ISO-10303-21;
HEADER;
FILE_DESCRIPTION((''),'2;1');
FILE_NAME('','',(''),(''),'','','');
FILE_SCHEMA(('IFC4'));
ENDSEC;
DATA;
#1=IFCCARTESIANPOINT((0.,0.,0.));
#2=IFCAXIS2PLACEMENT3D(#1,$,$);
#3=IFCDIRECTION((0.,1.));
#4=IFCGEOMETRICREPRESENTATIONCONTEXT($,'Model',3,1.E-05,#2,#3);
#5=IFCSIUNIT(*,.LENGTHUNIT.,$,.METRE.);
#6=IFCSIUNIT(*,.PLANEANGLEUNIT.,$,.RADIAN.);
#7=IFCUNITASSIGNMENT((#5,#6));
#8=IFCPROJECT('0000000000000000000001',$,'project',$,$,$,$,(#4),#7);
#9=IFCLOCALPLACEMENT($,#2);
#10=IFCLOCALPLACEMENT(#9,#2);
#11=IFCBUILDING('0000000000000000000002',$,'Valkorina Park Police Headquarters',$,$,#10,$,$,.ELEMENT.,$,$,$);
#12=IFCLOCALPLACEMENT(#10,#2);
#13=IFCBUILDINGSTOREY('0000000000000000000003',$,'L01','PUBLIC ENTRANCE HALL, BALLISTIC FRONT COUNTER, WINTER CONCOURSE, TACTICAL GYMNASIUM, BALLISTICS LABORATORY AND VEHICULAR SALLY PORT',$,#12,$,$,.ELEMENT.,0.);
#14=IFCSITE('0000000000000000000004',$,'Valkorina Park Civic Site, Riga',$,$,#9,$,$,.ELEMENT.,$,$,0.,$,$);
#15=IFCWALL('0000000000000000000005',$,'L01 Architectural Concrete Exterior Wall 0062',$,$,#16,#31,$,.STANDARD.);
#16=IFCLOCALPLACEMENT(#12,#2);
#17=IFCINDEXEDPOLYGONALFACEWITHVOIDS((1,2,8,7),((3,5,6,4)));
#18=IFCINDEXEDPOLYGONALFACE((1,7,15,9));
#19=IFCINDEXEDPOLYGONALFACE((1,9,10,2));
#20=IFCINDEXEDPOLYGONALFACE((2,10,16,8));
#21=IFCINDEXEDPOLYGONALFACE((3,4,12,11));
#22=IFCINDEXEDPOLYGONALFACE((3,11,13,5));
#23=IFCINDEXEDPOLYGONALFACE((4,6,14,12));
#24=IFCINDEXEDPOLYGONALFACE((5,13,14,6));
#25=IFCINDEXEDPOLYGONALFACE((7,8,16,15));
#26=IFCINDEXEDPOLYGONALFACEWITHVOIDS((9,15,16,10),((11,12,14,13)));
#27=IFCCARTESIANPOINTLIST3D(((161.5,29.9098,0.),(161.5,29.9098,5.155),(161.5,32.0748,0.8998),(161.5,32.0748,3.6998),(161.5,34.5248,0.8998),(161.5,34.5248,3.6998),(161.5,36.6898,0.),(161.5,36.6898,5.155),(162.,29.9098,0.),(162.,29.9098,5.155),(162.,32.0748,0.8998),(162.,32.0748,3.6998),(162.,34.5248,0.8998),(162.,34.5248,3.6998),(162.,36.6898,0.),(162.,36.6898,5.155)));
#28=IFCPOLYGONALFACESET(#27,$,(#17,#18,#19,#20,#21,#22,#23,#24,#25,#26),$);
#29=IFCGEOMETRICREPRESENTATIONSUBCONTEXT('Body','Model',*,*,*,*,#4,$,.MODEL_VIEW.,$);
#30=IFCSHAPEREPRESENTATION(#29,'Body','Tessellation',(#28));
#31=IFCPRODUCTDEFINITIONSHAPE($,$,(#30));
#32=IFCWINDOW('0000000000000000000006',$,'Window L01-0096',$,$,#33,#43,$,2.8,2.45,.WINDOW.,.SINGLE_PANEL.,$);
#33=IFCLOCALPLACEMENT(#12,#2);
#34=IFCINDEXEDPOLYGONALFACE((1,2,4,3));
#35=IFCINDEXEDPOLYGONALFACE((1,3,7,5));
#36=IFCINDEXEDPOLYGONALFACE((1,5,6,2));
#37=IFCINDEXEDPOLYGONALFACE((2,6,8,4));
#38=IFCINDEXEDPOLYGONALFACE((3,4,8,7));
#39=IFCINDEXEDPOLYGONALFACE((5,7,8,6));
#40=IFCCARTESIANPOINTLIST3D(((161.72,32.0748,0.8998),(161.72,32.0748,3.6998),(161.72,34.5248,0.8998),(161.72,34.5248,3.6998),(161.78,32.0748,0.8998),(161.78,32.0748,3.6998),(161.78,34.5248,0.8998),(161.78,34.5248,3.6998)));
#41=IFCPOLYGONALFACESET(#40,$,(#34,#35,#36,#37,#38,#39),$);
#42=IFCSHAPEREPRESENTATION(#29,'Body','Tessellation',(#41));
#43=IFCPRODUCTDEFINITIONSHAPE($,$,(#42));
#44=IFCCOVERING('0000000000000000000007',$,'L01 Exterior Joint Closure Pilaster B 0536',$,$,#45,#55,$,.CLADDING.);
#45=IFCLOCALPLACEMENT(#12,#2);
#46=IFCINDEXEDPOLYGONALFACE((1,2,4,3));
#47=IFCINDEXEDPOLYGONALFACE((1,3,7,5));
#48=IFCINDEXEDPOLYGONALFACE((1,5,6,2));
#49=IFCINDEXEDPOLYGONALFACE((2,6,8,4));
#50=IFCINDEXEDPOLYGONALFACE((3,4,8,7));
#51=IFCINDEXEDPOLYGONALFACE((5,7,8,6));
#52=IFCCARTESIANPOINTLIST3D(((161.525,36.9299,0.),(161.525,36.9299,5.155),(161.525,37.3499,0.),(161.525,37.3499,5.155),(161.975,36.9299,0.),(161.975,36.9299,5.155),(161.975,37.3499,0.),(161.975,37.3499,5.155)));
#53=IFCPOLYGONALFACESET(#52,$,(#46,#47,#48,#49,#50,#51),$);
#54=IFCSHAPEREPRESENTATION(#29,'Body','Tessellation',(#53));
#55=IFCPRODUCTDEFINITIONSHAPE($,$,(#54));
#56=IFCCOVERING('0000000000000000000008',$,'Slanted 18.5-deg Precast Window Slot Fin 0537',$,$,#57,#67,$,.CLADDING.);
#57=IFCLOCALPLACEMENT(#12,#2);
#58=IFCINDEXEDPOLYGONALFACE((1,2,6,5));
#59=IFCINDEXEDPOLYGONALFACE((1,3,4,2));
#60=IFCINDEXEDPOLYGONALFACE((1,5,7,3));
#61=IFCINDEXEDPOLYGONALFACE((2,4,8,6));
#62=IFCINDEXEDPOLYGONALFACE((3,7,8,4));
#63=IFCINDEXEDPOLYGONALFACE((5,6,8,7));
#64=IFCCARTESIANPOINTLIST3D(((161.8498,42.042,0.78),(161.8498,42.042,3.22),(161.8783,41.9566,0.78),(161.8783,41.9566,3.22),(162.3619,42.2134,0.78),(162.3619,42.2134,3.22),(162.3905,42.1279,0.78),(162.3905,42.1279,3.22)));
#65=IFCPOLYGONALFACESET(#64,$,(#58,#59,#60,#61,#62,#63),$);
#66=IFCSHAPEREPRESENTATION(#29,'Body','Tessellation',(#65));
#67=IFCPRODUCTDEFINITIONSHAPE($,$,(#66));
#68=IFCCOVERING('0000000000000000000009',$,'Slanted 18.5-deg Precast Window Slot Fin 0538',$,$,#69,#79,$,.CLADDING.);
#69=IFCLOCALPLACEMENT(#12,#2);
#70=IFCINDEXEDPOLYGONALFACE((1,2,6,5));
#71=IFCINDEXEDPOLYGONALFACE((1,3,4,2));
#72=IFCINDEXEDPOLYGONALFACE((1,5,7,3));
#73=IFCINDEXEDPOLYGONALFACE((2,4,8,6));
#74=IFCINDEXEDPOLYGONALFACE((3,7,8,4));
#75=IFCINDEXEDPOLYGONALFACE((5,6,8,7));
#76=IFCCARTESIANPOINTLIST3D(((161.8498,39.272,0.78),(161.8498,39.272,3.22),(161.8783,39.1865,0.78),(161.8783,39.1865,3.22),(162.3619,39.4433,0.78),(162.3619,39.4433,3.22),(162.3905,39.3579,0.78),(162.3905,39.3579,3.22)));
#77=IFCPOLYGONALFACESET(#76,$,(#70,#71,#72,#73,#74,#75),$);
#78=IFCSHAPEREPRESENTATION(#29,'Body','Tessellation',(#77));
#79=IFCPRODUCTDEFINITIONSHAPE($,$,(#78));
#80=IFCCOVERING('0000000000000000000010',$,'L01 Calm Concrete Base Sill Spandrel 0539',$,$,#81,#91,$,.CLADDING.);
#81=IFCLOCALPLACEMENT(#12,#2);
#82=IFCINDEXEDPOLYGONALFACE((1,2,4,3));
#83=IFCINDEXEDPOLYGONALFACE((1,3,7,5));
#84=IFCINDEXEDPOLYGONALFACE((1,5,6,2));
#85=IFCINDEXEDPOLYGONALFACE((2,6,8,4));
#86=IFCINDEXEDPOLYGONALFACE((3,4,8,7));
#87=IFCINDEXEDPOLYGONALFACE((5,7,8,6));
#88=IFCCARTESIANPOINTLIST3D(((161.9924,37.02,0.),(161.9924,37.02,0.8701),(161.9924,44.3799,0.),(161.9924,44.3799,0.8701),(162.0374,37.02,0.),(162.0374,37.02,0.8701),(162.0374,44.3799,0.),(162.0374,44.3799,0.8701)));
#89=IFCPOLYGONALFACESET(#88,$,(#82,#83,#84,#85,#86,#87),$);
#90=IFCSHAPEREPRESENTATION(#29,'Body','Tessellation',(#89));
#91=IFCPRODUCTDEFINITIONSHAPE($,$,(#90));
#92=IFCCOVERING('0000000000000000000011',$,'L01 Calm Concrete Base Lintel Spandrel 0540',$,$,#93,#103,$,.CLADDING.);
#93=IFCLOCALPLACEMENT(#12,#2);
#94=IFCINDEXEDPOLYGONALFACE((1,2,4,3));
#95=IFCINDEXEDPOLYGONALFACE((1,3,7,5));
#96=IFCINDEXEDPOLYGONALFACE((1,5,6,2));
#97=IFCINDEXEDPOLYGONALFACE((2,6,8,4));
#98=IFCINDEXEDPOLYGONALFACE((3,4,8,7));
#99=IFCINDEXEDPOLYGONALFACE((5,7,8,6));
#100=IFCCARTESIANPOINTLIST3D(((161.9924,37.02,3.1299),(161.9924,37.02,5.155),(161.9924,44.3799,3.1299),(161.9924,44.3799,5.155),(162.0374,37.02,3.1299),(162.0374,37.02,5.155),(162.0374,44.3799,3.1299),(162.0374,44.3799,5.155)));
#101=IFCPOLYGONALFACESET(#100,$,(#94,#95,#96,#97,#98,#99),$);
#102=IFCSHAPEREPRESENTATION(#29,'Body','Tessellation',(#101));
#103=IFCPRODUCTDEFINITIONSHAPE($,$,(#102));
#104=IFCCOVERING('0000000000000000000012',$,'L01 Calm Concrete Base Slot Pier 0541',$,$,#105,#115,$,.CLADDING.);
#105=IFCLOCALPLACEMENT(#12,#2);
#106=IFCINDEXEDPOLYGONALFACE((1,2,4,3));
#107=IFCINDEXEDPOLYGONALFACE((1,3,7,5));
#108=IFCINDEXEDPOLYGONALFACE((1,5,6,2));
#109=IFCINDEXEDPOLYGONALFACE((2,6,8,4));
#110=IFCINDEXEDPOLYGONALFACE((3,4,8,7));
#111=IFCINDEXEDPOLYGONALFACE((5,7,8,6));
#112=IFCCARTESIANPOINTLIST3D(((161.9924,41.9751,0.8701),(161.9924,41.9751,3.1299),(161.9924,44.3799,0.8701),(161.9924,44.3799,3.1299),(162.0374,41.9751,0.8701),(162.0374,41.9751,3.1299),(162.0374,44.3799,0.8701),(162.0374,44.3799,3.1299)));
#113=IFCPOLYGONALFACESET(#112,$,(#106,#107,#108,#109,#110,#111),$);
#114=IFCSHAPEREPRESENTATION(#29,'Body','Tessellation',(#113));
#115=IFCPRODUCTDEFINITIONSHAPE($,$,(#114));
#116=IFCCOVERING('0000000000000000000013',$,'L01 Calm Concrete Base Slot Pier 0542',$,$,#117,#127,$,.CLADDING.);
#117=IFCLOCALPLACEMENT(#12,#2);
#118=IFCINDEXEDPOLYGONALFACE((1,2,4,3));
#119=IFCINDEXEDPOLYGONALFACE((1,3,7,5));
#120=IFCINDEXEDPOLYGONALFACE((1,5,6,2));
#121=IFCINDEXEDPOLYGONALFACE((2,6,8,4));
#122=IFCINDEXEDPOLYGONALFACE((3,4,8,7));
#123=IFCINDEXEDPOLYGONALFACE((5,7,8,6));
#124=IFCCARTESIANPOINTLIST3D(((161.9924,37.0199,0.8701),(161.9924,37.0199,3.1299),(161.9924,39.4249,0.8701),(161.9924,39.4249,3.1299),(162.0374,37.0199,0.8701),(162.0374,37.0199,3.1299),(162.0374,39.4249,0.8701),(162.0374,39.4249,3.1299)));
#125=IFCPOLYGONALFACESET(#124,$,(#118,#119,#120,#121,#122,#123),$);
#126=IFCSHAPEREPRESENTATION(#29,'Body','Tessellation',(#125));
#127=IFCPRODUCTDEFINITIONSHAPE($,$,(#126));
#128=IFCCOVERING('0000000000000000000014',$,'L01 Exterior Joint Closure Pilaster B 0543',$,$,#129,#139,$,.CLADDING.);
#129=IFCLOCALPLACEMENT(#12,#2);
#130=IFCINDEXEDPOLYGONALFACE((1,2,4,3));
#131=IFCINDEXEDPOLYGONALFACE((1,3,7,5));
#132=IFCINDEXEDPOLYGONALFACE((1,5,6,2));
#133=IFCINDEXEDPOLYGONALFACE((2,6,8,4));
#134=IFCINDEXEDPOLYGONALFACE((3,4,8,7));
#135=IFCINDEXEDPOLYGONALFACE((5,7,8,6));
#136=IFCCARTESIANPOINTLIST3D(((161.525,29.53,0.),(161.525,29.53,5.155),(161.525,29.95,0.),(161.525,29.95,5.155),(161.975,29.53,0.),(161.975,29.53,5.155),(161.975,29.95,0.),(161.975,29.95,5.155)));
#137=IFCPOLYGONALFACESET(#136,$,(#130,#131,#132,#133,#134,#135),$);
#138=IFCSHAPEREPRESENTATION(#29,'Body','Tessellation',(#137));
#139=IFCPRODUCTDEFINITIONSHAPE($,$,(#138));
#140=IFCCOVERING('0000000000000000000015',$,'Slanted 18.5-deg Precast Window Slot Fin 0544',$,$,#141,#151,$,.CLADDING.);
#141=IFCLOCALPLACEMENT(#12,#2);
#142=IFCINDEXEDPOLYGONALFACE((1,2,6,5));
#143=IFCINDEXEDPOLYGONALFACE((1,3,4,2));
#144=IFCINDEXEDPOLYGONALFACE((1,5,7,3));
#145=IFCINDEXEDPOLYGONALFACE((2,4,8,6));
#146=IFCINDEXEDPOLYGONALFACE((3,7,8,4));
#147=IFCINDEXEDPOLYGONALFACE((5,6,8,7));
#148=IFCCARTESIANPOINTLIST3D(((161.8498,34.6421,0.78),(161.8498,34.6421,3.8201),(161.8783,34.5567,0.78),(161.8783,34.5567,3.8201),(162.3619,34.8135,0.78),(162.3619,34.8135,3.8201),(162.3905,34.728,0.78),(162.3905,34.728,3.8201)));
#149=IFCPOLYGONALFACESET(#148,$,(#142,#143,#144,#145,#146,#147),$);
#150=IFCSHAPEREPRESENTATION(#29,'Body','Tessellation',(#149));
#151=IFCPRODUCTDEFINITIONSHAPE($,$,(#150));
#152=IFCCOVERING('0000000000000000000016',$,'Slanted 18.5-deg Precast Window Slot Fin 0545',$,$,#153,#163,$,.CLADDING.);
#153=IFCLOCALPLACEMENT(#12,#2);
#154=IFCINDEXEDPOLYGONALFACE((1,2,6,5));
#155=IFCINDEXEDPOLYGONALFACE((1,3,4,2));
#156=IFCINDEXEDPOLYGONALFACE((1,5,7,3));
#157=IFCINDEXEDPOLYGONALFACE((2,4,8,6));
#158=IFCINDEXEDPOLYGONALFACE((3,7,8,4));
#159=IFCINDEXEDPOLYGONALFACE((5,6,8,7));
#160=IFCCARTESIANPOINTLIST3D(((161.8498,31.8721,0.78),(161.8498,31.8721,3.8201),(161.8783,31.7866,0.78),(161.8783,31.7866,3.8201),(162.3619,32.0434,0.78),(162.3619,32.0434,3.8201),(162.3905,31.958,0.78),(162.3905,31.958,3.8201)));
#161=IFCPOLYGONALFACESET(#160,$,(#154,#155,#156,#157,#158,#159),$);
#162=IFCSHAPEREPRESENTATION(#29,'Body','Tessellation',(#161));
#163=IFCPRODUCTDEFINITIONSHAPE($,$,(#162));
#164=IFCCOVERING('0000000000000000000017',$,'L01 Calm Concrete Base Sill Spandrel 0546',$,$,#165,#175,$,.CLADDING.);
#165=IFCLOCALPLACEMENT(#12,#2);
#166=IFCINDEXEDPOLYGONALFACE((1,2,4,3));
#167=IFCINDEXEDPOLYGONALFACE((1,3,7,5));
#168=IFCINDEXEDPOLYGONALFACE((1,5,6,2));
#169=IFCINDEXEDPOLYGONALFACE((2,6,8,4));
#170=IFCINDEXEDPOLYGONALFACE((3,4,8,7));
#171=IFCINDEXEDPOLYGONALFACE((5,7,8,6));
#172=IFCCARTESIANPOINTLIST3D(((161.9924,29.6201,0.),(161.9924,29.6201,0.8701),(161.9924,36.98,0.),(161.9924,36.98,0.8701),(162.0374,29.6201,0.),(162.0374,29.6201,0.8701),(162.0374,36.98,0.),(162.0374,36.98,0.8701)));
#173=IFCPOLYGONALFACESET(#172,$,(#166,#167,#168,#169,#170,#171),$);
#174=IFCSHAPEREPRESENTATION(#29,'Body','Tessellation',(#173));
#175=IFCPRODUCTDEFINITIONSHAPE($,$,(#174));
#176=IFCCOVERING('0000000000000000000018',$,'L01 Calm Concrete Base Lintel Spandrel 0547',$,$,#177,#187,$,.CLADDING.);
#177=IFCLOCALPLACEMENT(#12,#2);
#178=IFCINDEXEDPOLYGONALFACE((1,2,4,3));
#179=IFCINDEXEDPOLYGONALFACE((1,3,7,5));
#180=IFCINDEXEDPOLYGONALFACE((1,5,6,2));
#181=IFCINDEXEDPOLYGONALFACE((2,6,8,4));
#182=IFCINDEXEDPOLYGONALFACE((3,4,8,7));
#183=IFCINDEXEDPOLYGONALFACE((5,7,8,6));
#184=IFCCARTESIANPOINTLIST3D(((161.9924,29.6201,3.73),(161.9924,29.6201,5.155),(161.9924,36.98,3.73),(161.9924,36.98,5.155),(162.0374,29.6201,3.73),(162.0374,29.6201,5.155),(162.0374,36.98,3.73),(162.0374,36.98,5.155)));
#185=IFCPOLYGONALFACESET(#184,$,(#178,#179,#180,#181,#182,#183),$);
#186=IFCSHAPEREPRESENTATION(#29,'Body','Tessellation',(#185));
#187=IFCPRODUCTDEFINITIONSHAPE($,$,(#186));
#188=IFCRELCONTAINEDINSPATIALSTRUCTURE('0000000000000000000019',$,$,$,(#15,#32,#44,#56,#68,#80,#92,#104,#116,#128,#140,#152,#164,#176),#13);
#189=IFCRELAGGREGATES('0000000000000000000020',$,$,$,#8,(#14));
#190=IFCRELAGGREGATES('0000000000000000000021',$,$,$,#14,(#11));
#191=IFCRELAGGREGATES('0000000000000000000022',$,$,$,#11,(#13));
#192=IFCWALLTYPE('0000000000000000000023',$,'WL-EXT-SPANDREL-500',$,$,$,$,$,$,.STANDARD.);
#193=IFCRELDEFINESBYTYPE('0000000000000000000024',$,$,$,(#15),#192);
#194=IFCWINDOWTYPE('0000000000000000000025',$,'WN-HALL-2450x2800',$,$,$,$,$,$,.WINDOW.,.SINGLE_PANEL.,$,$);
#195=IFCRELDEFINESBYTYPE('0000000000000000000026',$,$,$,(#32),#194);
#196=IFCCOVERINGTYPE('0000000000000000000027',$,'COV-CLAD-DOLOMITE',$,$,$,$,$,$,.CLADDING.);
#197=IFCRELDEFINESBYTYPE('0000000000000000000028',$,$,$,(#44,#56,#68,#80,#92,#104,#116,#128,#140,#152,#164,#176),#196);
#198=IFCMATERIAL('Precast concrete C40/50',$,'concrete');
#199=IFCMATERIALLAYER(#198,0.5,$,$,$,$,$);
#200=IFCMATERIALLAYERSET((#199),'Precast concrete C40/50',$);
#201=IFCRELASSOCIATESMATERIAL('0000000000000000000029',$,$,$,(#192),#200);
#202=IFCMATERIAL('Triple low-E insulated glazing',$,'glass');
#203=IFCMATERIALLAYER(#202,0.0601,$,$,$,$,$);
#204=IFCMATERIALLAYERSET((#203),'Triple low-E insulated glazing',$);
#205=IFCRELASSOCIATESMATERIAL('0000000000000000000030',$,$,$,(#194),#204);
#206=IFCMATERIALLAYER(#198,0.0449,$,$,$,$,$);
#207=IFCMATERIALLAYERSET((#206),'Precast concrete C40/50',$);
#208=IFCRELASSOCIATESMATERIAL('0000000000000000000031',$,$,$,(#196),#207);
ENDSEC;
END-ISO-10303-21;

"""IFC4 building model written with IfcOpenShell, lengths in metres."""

from ifc_helpers import new_model, si_unit, direction, frame, frame_2d, origin, origin_2d, place, context, subcontext, project, spatial, rectangle, extrude, material, layer, layer_set, type_object, element, fill, save


model = new_model("IFC4")

# Units and contexts
model_context = context("Model", 3, precision=1e-05, world=origin(), true_north=direction((0.0, 1.0)))
body_context = subcontext(model_context, "Body", "Model", "MODEL_VIEW")
ifc_project = project(units=[si_unit("LENGTHUNIT", "METRE"), si_unit("PLANEANGLEUNIT", "RADIAN")], contexts=[model_context])

# Site, building, storey
site_placement = place(None, origin())
site = spatial("IfcSite", under=ifc_project, at=site_placement, Name="Valkorina Park Civic Site, Riga", CompositionType="ELEMENT", RefElevation=0.0)
building_placement = place(site_placement, origin())
building = spatial("IfcBuilding", under=site, at=building_placement, Name="Valkorina Park Police Headquarters", CompositionType="ELEMENT")
storey_placement = place(building_placement, origin())
storey = spatial("IfcBuildingStorey", under=building, at=storey_placement, Name="L01", Description="PUBLIC ENTRANCE HALL, BALLISTIC FRONT COUNTER, WINTER CONCOURSE, TACTICAL GYMNASIUM, BALLISTICS LABORATORY AND VEHICULAR SALLY PORT", CompositionType="ELEMENT", Elevation=0.0)

# Wall, opening, window
ifc_material_1 = material(Name="Precast concrete C40/50", Category="concrete")
ifc_layer_1 = layer(ifc_material_1, 0.5)
ifc_layer_set_1 = layer_set([ifc_layer_1], Name="Precast concrete C40/50")
wall_type_1 = type_object("IfcWallType", Name="WL-EXT-SPANDREL-500", PredefinedType="STANDARD", material=ifc_layer_set_1)
wall_1_placement = place(storey_placement, frame((161.75, 36.6899, 0.0), z_axis=(0.0, 0.0, 1.0), x_axis=(0.0, -1.0, 0.0)))
wall_1 = element("IfcWall", 1, at=wall_1_placement, inside=storey, type_object=wall_type_1, Name="L01 Architectural Concrete Exterior Wall 0062", PredefinedType="STANDARD", context=body_context, shape_type="SweptSolid", body=[
    extrude(rectangle(XDim=6.78, YDim=0.5, at=frame_2d((3.3901, 0.0))), origin(), (0.0, 0.0, 1.0), 5.155),
])
opening_1_placement = place(wall_1_placement, frame((2.165, 0.0, 0.8999)))
opening_1 = element("IfcOpeningElement", 2, at=opening_1_placement, cuts=wall_1, PredefinedType="OPENING", context=body_context, shape_type="SweptSolid", body=[
    extrude(rectangle(XDim=2.45, YDim=2.8, at=frame_2d((1.2251, 1.3999))), frame((0.0, 0.26, 0.0), z_axis=(0.0, -1.0, 0.0), x_axis=(1.0, 0.0, 0.0)), (0.0, 0.0, 1.0), 0.52),
])
ifc_material_2 = material(Name="Triple low-E insulated glazing", Category="glass")
ifc_layer_2 = layer(ifc_material_2, 0.0601)
ifc_layer_set_2 = layer_set([ifc_layer_2], Name="Triple low-E insulated glazing")
window_type = type_object("IfcWindowType", Name="WN-HALL-2450x2800", PartitioningType="SINGLE_PANEL", PredefinedType="WINDOW", material=ifc_layer_set_2)
window_placement = place(opening_1_placement, origin())
window = element("IfcWindow", 3, at=window_placement, inside=storey, type_object=window_type, Name="Window L01-0096", OverallHeight=2.8, OverallWidth=2.45, PartitioningType="SINGLE_PANEL", PredefinedType="WINDOW", context=body_context, shape_type="SweptSolid", body=[
    extrude(rectangle(XDim=2.45, YDim=2.8, at=frame_2d((1.2251, 1.3999))), frame((0.0, 0.03, 0.0), z_axis=(0.0, -1.0, 0.0), x_axis=(1.0, 0.0, 0.0)), (0.0, 0.0, 1.0), 0.0601),
])
fill(opening_1, window)

# Coverings
ifc_layer_3 = layer(ifc_material_1, 0.0449)
ifc_layer_set_3 = layer_set([ifc_layer_3], Name="Precast concrete C40/50")
covering_type = type_object("IfcCoveringType", Name="COV-CLAD-DOLOMITE", PredefinedType="CLADDING", material=ifc_layer_set_3)
covering_1_placement = place(storey_placement, frame((161.75, 37.1399, 0.0), z_axis=(0.0, 0.0, 1.0), x_axis=(0.0, 1.0, 0.0)))
element("IfcCovering", 4, at=covering_1_placement, inside=storey, type_object=covering_type, Name="L01 Exterior Joint Closure Pilaster B 0536", PredefinedType="CLADDING", context=body_context, shape_type="SweptSolid", body=[
    extrude(rectangle(XDim=0.4199, YDim=0.45, at=origin_2d()), origin(), (0.0, 0.0, 1.0), 5.155),
])
for number, where, z_axis, x_axis, name in (
    (5, (162.1201, 42.085, 0.78), (0.0, 0.0, 1.0), (0.948324, 0.317305, 0.0), "Slanted 18.5-deg Precast Window Slot Fin 0537"),
    (6, (162.1201, 39.3149, 0.78), (0.0, 0.0, 1.0), (0.948324, 0.317305, 0.0), "Slanted 18.5-deg Precast Window Slot Fin 0538"),
):
    element("IfcCovering", number, at=place(storey_placement, frame(where, z_axis=z_axis, x_axis=x_axis)), inside=storey, type_object=covering_type, Name=name, PredefinedType="CLADDING", context=body_context, shape_type="SweptSolid", body=[
        extrude(rectangle(XDim=0.54, YDim=0.0901, at=origin_2d()), origin(), (0.0, 0.0, 1.0), 2.4399),
    ])
covering_2_placement = place(storey_placement, frame((162.0149, 44.3799, 0.0), z_axis=(0.0, 0.0, 1.0), x_axis=(0.0, -1.0, 0.0)))
element("IfcCovering", 7, at=covering_2_placement, inside=storey, type_object=covering_type, Name="L01 Calm Concrete Base Sill Spandrel 0539", PredefinedType="CLADDING", context=body_context, shape_type="SweptSolid", body=[
    extrude(rectangle(XDim=7.3599, YDim=0.0449, at=frame_2d((3.6799, 0.0))), origin(), (0.0, 0.0, 1.0), 0.8701),
])
covering_3_placement = place(storey_placement, frame((162.0149, 44.3799, 3.1299), z_axis=(0.0, 0.0, 1.0), x_axis=(0.0, -1.0, 0.0)))
element("IfcCovering", 8, at=covering_3_placement, inside=storey, type_object=covering_type, Name="L01 Calm Concrete Base Lintel Spandrel 0540", PredefinedType="CLADDING", context=body_context, shape_type="SweptSolid", body=[
    extrude(rectangle(XDim=7.3599, YDim=0.0449, at=frame_2d((3.6799, 0.0))), origin(), (0.0, 0.0, 1.0), 2.0251),
])
covering_4_placement = place(storey_placement, frame((162.0149, 44.3799, 0.8701), z_axis=(0.0, 0.0, 1.0), x_axis=(0.0, -1.0, 0.0)))
element("IfcCovering", 9, at=covering_4_placement, inside=storey, type_object=covering_type, Name="L01 Calm Concrete Base Slot Pier 0541", PredefinedType="CLADDING", context=body_context, shape_type="SweptSolid", body=[
    extrude(rectangle(XDim=2.4048, YDim=0.0449, at=frame_2d((1.2024, 0.0))), origin(), (0.0, 0.0, 1.0), 2.2598),
])
covering_5_placement = place(storey_placement, frame((162.0149, 39.425, 0.8701), z_axis=(0.0, 0.0, 1.0), x_axis=(0.0, -1.0, 0.0)))
element("IfcCovering", 10, at=covering_5_placement, inside=storey, type_object=covering_type, Name="L01 Calm Concrete Base Slot Pier 0542", PredefinedType="CLADDING", context=body_context, shape_type="SweptSolid", body=[
    extrude(rectangle(XDim=2.405, YDim=0.0449, at=frame_2d((1.2026, 0.0))), origin(), (0.0, 0.0, 1.0), 2.2598),
])
covering_6_placement = place(storey_placement, frame((161.75, 29.74, 0.0), z_axis=(0.0, 0.0, 1.0), x_axis=(0.0, 1.0, 0.0)))
element("IfcCovering", 11, at=covering_6_placement, inside=storey, type_object=covering_type, Name="L01 Exterior Joint Closure Pilaster B 0543", PredefinedType="CLADDING", context=body_context, shape_type="SweptSolid", body=[
    extrude(rectangle(XDim=0.4199, YDim=0.45, at=origin_2d()), origin(), (0.0, 0.0, 1.0), 5.155),
])
for number, where, z_axis, x_axis, name in (
    (12, (162.1201, 34.6851, 0.78), (0.0, 0.0, 1.0), (0.948324, 0.317305, 0.0), "Slanted 18.5-deg Precast Window Slot Fin 0544"),
    (13, (162.1201, 31.915, 0.78), (0.0, 0.0, 1.0), (0.948324, 0.317305, 0.0), "Slanted 18.5-deg Precast Window Slot Fin 0545"),
):
    element("IfcCovering", number, at=place(storey_placement, frame(where, z_axis=z_axis, x_axis=x_axis)), inside=storey, type_object=covering_type, Name=name, PredefinedType="CLADDING", context=body_context, shape_type="SweptSolid", body=[
        extrude(rectangle(XDim=0.54, YDim=0.0901, at=origin_2d()), origin(), (0.0, 0.0, 1.0), 3.04),
    ])
covering_7_placement = place(storey_placement, frame((162.0149, 36.98, 0.0), z_axis=(0.0, 0.0, 1.0), x_axis=(0.0, -1.0, 0.0)))
element("IfcCovering", 14, at=covering_7_placement, inside=storey, type_object=covering_type, Name="L01 Calm Concrete Base Sill Spandrel 0546", PredefinedType="CLADDING", context=body_context, shape_type="SweptSolid", body=[
    extrude(rectangle(XDim=7.3599, YDim=0.0449, at=frame_2d((3.6799, 0.0))), origin(), (0.0, 0.0, 1.0), 0.8701),
])
covering_8_placement = place(storey_placement, frame((162.0149, 36.98, 3.73), z_axis=(0.0, 0.0, 1.0), x_axis=(0.0, -1.0, 0.0)))
element("IfcCovering", 15, at=covering_8_placement, inside=storey, type_object=covering_type, Name="L01 Calm Concrete Base Lintel Spandrel 0547", PredefinedType="CLADDING", context=body_context, shape_type="SweptSolid", body=[
    extrude(rectangle(XDim=7.3599, YDim=0.0449, at=frame_2d((3.6799, 0.0))), origin(), (0.0, 0.0, 1.0), 1.425),
])

save(model, "model.ifc")
